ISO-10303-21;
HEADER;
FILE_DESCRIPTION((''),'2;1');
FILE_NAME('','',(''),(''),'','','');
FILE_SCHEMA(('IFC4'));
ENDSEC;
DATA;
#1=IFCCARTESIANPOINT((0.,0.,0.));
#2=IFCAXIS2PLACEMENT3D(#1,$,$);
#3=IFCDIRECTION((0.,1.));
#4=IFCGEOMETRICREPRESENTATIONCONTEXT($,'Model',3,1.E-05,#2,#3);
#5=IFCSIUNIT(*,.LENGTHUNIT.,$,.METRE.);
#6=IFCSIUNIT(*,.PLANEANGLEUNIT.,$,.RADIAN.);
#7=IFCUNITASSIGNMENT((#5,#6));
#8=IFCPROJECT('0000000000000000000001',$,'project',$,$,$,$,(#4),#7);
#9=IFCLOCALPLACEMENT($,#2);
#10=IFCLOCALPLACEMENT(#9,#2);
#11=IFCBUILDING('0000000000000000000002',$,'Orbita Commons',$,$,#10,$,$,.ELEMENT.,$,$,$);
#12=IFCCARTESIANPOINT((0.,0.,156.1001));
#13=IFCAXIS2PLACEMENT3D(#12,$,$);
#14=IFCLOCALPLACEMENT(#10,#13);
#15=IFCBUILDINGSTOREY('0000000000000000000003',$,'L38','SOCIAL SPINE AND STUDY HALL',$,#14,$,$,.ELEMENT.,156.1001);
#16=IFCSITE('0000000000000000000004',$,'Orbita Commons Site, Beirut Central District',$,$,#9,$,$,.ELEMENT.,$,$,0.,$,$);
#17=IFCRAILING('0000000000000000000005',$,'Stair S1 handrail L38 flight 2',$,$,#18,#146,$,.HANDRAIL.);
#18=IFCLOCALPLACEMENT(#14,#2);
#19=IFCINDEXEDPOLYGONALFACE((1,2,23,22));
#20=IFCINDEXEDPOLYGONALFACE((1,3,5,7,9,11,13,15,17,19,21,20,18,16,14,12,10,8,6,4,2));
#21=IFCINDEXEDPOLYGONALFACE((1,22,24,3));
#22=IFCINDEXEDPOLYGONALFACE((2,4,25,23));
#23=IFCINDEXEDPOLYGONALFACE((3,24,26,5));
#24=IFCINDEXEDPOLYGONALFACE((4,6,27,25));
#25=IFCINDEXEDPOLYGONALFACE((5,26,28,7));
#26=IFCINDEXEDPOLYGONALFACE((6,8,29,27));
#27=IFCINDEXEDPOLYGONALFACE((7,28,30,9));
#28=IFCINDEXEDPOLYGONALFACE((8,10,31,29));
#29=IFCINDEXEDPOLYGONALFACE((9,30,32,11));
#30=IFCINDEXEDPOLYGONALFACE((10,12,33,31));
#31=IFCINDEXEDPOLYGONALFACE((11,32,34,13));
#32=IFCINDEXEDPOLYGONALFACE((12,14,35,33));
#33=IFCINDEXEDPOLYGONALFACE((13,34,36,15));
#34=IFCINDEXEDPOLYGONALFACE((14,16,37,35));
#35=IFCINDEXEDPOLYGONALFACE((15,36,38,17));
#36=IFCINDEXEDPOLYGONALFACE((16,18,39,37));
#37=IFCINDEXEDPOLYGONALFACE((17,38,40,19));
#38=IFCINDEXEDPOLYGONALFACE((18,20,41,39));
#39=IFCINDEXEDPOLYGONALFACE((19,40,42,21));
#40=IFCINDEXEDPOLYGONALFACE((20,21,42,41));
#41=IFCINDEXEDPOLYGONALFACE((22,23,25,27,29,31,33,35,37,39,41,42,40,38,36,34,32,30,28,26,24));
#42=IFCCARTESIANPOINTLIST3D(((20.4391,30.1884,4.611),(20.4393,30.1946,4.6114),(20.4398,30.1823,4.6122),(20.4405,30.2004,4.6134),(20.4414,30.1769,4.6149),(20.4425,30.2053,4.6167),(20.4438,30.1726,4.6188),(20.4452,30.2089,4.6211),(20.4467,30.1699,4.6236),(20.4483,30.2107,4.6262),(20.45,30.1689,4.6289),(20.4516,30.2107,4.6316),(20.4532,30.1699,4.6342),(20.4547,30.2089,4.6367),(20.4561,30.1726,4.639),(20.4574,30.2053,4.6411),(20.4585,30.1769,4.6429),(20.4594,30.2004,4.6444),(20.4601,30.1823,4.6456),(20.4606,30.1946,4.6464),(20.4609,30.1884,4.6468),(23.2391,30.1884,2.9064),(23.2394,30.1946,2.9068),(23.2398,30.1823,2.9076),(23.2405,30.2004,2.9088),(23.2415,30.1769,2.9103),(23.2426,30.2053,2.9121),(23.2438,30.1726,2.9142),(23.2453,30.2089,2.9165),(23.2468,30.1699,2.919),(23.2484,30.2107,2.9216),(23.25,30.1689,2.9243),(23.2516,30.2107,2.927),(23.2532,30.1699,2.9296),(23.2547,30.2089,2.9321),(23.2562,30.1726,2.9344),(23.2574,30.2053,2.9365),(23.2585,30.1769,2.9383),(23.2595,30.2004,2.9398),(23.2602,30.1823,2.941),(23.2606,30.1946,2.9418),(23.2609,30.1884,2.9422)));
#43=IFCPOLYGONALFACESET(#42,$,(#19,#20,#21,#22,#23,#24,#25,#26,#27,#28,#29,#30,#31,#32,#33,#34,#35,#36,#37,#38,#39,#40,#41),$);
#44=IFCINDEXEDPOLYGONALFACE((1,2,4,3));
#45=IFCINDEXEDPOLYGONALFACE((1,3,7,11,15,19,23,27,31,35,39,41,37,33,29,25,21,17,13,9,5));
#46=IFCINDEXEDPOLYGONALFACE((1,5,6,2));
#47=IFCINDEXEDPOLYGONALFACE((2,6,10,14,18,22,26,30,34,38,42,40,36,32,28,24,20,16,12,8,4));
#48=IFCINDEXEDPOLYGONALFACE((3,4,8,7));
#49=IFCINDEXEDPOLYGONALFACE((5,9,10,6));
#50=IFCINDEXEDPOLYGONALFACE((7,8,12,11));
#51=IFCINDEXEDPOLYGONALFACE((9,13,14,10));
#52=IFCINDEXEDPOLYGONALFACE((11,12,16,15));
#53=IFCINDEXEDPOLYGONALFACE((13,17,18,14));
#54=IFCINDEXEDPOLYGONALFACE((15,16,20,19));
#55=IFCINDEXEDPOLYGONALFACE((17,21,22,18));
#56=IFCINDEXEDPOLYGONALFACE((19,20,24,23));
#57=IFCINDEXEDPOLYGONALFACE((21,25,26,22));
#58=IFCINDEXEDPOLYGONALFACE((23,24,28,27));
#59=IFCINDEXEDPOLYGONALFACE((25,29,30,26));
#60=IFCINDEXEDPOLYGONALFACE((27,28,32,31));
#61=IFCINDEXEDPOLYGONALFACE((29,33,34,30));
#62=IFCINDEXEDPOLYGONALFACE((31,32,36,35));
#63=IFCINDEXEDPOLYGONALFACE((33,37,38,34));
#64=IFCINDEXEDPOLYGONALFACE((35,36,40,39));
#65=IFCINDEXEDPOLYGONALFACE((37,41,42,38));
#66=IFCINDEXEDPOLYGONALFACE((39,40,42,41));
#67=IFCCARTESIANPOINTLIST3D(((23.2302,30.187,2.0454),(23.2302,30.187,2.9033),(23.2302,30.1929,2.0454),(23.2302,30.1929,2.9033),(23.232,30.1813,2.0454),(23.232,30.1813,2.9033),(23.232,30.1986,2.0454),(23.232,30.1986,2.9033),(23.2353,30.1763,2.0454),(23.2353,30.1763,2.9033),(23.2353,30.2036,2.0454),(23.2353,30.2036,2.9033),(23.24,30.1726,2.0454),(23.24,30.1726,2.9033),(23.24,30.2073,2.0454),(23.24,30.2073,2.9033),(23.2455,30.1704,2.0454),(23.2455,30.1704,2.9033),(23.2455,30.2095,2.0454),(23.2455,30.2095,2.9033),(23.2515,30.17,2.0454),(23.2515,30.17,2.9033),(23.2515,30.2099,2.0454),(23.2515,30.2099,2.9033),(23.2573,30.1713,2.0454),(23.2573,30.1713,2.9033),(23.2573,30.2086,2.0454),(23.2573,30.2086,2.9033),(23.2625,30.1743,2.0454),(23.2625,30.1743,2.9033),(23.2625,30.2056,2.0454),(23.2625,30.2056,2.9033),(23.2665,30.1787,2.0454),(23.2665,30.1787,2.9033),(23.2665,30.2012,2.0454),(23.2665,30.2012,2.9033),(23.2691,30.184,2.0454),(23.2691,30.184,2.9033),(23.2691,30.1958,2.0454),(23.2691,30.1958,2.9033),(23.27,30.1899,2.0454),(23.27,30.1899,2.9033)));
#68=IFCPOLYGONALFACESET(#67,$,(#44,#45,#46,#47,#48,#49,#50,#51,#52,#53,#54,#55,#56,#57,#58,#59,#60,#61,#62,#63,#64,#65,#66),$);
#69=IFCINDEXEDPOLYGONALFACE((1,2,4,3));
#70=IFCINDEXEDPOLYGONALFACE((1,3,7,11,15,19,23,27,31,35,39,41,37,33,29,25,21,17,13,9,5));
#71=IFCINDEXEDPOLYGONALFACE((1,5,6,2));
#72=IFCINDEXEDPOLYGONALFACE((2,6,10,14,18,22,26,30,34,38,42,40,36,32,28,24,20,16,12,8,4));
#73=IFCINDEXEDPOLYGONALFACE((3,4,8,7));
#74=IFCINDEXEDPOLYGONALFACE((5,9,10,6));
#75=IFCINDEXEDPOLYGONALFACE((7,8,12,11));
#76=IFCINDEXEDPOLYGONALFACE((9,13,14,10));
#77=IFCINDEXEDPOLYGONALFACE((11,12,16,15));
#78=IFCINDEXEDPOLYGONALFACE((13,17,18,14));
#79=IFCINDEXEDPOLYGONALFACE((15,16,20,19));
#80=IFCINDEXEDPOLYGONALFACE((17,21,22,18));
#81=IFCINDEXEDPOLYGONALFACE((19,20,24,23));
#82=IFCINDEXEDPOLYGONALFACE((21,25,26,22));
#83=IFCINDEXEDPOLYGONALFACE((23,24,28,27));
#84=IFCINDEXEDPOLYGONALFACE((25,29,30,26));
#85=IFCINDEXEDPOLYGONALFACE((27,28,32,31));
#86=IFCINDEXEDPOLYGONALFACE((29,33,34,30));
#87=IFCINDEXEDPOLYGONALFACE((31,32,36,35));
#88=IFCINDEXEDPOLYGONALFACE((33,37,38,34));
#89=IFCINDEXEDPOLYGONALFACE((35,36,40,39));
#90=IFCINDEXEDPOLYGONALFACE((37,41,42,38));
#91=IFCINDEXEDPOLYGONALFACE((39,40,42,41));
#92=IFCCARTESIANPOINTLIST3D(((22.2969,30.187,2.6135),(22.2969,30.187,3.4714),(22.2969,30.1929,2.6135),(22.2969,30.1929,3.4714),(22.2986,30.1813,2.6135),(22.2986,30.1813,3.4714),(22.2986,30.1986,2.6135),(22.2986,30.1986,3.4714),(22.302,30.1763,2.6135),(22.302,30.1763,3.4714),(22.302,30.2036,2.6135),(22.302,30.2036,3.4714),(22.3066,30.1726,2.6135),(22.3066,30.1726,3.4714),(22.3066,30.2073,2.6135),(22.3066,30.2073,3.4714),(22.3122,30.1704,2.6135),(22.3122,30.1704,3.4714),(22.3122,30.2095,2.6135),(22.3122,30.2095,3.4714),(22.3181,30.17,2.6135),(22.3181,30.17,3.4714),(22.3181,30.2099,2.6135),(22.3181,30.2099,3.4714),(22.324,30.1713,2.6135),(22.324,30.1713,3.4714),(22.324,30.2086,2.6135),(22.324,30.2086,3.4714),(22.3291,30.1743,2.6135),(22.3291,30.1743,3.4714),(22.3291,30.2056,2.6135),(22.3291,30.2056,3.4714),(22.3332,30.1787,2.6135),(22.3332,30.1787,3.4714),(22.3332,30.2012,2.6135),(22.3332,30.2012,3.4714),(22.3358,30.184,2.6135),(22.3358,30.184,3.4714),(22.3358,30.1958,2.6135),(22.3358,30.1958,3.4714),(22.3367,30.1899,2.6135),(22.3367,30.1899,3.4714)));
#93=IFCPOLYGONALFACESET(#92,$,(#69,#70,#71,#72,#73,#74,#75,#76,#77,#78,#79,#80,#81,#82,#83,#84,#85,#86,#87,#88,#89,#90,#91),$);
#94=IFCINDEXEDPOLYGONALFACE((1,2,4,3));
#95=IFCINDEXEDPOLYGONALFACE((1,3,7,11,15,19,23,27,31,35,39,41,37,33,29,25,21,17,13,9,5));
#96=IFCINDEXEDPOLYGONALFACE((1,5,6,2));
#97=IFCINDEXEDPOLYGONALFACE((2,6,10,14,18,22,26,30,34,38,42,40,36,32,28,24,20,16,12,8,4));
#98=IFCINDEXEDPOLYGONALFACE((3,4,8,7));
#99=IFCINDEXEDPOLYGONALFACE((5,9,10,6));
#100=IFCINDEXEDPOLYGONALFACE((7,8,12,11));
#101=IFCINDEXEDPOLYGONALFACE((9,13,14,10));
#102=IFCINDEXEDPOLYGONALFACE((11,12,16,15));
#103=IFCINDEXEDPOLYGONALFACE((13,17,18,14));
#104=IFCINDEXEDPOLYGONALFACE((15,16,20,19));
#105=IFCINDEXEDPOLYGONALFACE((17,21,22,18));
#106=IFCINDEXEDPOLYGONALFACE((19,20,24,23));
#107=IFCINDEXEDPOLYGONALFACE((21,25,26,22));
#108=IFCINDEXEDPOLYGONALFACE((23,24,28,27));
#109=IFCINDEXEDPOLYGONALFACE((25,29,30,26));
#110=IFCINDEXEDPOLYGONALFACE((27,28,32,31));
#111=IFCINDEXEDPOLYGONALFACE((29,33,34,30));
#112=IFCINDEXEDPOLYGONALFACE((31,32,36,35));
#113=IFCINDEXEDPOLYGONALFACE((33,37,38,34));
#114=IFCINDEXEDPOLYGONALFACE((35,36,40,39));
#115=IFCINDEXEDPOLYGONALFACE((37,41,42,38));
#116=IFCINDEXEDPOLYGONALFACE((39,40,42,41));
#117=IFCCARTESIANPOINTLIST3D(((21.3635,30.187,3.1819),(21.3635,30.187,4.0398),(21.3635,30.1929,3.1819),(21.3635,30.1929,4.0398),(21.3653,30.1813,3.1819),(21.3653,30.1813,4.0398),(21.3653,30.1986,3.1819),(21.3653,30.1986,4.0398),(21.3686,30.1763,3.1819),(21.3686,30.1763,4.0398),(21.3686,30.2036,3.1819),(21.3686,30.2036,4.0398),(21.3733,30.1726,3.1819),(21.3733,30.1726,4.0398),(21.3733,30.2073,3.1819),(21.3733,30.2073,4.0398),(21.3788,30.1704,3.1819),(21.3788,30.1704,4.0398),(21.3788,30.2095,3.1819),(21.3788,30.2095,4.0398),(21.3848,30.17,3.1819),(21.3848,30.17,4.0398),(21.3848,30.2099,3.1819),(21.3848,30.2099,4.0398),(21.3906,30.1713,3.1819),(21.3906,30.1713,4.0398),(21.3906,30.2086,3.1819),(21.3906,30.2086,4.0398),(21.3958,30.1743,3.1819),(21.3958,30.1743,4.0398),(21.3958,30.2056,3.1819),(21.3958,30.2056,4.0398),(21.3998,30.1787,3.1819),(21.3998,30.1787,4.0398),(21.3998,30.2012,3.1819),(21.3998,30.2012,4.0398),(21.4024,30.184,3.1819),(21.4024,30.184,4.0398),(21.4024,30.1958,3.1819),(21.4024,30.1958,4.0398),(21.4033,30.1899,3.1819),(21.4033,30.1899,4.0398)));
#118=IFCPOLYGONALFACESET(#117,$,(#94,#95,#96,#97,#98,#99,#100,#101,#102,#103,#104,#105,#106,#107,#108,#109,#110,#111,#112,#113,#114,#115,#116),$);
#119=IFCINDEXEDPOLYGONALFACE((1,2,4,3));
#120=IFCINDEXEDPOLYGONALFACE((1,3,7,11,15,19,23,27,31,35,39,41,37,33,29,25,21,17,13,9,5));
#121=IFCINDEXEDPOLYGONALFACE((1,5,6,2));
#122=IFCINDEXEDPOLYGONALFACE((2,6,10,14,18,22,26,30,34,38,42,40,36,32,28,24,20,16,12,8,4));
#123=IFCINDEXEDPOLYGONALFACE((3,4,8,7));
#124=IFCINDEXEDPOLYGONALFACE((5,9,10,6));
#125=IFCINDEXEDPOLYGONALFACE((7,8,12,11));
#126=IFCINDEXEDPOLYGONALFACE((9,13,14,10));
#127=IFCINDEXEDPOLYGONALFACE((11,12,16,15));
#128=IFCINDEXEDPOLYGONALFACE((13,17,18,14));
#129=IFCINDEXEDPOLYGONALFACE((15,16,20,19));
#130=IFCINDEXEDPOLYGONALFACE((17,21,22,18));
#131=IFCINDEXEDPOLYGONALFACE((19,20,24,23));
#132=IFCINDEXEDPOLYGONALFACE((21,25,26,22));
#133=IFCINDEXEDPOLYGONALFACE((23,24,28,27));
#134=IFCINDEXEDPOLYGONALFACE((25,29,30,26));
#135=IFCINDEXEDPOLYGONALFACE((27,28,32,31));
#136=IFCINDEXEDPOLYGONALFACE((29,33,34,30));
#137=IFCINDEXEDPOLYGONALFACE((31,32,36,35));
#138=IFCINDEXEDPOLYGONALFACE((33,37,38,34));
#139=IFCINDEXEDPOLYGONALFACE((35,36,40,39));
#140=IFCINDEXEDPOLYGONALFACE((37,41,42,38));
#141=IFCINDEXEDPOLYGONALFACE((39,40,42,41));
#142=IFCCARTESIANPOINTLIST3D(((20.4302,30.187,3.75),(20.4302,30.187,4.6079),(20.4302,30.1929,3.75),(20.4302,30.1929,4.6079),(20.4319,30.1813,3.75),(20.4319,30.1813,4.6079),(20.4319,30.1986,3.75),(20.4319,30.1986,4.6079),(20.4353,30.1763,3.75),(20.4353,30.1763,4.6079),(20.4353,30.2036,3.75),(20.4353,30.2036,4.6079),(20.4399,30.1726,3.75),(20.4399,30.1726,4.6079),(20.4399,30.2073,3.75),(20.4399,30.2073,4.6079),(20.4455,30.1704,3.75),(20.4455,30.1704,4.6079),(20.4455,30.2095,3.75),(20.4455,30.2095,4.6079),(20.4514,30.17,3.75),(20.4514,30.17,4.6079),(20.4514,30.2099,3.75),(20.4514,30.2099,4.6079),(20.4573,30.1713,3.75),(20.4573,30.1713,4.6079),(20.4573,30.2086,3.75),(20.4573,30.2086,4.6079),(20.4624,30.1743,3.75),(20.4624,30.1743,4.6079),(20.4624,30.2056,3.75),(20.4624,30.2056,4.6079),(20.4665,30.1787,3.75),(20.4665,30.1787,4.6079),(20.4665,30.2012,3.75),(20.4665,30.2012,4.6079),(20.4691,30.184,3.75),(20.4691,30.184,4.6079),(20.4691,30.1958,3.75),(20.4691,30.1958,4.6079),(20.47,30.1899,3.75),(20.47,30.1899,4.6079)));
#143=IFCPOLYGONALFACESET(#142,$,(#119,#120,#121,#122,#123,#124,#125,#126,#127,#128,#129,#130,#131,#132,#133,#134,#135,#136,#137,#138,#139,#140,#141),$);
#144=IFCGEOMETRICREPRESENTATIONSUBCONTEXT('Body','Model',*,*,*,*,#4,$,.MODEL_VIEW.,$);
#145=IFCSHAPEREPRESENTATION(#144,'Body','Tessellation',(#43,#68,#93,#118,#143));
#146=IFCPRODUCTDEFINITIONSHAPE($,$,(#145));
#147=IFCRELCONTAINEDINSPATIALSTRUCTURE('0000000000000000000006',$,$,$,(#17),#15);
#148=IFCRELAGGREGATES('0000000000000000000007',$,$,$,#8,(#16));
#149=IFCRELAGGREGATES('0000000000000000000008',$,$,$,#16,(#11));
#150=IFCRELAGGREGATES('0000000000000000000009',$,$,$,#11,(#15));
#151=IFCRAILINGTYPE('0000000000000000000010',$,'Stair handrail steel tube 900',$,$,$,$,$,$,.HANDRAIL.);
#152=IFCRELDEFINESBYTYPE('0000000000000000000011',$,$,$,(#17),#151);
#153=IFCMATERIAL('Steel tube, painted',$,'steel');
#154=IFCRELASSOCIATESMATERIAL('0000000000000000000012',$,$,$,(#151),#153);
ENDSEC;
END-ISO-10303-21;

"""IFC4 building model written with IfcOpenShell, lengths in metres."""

from ifc_helpers import new_model, si_unit, direction, frame, origin, origin_2d, place, context, subcontext, project, spatial, circle, extrude, material, type_object, element, save


model = new_model("IFC4")

# Units and contexts
model_context = context("Model", 3, precision=1e-05, world=origin(), true_north=direction((0.0, 1.0)))
body_context = subcontext(model_context, "Body", "Model", "MODEL_VIEW")
ifc_project = project(units=[si_unit("LENGTHUNIT", "METRE"), si_unit("PLANEANGLEUNIT", "RADIAN")], contexts=[model_context])

# Site, building, storey
site_placement = place(None, origin())
site = spatial("IfcSite", under=ifc_project, at=site_placement, Name="Orbita Commons Site, Beirut Central District", CompositionType="ELEMENT", RefElevation=0.0)
building_placement = place(site_placement, origin())
building = spatial("IfcBuilding", under=site, at=building_placement, Name="Orbita Commons", CompositionType="ELEMENT")
storey_placement = place(building_placement, frame((0.0, 0.0, 156.1001)))
storey = spatial("IfcBuildingStorey", under=building, at=storey_placement, Name="L38", Description="SOCIAL SPINE AND STUDY HALL", CompositionType="ELEMENT", Elevation=156.1001)

# Railing
ifc_material_1 = material(Name="Steel tube, painted", Category="steel")
railing_type = type_object("IfcRailingType", Name="Stair handrail steel tube 900", PredefinedType="HANDRAIL", material=ifc_material_1)
for number, where, name in (
    (1, (23.25, 30.1899, 2.0454), "Stair S1 handrail L38 flight 2"),
):
    element("IfcRailing", number, at=place(storey_placement, frame(where)), inside=storey, type_object=railing_type, Name=name, PredefinedType="HANDRAIL", context=body_context, shape_type="SweptSolid", body=[
        extrude(circle(Radius=0.021, at=origin_2d()), frame((0.0, 0.0, 0.8789), z_axis=(-0.85417, 0.0, 0.519994), x_axis=(0.0, -1.0, 0.0)), (0.0, 0.0, 1.0), 3.2781),
        extrude(circle(Radius=0.02, at=origin_2d()), origin(), (0.0, 0.0, 1.0), 0.8579),
        extrude(circle(Radius=0.02, at=origin_2d()), frame((-0.9333, 0.0, 0.5681)), (0.0, 0.0, 1.0), 0.8579),
        extrude(circle(Radius=0.02, at=origin_2d()), frame((-1.8667, 0.0, 1.1365)), (0.0, 0.0, 1.0), 0.8579),
        extrude(circle(Radius=0.02, at=origin_2d()), frame((-2.8, 0.0, 1.7046)), (0.0, 0.0, 1.0), 0.8579),
    ])

save(model, "model.ifc")
